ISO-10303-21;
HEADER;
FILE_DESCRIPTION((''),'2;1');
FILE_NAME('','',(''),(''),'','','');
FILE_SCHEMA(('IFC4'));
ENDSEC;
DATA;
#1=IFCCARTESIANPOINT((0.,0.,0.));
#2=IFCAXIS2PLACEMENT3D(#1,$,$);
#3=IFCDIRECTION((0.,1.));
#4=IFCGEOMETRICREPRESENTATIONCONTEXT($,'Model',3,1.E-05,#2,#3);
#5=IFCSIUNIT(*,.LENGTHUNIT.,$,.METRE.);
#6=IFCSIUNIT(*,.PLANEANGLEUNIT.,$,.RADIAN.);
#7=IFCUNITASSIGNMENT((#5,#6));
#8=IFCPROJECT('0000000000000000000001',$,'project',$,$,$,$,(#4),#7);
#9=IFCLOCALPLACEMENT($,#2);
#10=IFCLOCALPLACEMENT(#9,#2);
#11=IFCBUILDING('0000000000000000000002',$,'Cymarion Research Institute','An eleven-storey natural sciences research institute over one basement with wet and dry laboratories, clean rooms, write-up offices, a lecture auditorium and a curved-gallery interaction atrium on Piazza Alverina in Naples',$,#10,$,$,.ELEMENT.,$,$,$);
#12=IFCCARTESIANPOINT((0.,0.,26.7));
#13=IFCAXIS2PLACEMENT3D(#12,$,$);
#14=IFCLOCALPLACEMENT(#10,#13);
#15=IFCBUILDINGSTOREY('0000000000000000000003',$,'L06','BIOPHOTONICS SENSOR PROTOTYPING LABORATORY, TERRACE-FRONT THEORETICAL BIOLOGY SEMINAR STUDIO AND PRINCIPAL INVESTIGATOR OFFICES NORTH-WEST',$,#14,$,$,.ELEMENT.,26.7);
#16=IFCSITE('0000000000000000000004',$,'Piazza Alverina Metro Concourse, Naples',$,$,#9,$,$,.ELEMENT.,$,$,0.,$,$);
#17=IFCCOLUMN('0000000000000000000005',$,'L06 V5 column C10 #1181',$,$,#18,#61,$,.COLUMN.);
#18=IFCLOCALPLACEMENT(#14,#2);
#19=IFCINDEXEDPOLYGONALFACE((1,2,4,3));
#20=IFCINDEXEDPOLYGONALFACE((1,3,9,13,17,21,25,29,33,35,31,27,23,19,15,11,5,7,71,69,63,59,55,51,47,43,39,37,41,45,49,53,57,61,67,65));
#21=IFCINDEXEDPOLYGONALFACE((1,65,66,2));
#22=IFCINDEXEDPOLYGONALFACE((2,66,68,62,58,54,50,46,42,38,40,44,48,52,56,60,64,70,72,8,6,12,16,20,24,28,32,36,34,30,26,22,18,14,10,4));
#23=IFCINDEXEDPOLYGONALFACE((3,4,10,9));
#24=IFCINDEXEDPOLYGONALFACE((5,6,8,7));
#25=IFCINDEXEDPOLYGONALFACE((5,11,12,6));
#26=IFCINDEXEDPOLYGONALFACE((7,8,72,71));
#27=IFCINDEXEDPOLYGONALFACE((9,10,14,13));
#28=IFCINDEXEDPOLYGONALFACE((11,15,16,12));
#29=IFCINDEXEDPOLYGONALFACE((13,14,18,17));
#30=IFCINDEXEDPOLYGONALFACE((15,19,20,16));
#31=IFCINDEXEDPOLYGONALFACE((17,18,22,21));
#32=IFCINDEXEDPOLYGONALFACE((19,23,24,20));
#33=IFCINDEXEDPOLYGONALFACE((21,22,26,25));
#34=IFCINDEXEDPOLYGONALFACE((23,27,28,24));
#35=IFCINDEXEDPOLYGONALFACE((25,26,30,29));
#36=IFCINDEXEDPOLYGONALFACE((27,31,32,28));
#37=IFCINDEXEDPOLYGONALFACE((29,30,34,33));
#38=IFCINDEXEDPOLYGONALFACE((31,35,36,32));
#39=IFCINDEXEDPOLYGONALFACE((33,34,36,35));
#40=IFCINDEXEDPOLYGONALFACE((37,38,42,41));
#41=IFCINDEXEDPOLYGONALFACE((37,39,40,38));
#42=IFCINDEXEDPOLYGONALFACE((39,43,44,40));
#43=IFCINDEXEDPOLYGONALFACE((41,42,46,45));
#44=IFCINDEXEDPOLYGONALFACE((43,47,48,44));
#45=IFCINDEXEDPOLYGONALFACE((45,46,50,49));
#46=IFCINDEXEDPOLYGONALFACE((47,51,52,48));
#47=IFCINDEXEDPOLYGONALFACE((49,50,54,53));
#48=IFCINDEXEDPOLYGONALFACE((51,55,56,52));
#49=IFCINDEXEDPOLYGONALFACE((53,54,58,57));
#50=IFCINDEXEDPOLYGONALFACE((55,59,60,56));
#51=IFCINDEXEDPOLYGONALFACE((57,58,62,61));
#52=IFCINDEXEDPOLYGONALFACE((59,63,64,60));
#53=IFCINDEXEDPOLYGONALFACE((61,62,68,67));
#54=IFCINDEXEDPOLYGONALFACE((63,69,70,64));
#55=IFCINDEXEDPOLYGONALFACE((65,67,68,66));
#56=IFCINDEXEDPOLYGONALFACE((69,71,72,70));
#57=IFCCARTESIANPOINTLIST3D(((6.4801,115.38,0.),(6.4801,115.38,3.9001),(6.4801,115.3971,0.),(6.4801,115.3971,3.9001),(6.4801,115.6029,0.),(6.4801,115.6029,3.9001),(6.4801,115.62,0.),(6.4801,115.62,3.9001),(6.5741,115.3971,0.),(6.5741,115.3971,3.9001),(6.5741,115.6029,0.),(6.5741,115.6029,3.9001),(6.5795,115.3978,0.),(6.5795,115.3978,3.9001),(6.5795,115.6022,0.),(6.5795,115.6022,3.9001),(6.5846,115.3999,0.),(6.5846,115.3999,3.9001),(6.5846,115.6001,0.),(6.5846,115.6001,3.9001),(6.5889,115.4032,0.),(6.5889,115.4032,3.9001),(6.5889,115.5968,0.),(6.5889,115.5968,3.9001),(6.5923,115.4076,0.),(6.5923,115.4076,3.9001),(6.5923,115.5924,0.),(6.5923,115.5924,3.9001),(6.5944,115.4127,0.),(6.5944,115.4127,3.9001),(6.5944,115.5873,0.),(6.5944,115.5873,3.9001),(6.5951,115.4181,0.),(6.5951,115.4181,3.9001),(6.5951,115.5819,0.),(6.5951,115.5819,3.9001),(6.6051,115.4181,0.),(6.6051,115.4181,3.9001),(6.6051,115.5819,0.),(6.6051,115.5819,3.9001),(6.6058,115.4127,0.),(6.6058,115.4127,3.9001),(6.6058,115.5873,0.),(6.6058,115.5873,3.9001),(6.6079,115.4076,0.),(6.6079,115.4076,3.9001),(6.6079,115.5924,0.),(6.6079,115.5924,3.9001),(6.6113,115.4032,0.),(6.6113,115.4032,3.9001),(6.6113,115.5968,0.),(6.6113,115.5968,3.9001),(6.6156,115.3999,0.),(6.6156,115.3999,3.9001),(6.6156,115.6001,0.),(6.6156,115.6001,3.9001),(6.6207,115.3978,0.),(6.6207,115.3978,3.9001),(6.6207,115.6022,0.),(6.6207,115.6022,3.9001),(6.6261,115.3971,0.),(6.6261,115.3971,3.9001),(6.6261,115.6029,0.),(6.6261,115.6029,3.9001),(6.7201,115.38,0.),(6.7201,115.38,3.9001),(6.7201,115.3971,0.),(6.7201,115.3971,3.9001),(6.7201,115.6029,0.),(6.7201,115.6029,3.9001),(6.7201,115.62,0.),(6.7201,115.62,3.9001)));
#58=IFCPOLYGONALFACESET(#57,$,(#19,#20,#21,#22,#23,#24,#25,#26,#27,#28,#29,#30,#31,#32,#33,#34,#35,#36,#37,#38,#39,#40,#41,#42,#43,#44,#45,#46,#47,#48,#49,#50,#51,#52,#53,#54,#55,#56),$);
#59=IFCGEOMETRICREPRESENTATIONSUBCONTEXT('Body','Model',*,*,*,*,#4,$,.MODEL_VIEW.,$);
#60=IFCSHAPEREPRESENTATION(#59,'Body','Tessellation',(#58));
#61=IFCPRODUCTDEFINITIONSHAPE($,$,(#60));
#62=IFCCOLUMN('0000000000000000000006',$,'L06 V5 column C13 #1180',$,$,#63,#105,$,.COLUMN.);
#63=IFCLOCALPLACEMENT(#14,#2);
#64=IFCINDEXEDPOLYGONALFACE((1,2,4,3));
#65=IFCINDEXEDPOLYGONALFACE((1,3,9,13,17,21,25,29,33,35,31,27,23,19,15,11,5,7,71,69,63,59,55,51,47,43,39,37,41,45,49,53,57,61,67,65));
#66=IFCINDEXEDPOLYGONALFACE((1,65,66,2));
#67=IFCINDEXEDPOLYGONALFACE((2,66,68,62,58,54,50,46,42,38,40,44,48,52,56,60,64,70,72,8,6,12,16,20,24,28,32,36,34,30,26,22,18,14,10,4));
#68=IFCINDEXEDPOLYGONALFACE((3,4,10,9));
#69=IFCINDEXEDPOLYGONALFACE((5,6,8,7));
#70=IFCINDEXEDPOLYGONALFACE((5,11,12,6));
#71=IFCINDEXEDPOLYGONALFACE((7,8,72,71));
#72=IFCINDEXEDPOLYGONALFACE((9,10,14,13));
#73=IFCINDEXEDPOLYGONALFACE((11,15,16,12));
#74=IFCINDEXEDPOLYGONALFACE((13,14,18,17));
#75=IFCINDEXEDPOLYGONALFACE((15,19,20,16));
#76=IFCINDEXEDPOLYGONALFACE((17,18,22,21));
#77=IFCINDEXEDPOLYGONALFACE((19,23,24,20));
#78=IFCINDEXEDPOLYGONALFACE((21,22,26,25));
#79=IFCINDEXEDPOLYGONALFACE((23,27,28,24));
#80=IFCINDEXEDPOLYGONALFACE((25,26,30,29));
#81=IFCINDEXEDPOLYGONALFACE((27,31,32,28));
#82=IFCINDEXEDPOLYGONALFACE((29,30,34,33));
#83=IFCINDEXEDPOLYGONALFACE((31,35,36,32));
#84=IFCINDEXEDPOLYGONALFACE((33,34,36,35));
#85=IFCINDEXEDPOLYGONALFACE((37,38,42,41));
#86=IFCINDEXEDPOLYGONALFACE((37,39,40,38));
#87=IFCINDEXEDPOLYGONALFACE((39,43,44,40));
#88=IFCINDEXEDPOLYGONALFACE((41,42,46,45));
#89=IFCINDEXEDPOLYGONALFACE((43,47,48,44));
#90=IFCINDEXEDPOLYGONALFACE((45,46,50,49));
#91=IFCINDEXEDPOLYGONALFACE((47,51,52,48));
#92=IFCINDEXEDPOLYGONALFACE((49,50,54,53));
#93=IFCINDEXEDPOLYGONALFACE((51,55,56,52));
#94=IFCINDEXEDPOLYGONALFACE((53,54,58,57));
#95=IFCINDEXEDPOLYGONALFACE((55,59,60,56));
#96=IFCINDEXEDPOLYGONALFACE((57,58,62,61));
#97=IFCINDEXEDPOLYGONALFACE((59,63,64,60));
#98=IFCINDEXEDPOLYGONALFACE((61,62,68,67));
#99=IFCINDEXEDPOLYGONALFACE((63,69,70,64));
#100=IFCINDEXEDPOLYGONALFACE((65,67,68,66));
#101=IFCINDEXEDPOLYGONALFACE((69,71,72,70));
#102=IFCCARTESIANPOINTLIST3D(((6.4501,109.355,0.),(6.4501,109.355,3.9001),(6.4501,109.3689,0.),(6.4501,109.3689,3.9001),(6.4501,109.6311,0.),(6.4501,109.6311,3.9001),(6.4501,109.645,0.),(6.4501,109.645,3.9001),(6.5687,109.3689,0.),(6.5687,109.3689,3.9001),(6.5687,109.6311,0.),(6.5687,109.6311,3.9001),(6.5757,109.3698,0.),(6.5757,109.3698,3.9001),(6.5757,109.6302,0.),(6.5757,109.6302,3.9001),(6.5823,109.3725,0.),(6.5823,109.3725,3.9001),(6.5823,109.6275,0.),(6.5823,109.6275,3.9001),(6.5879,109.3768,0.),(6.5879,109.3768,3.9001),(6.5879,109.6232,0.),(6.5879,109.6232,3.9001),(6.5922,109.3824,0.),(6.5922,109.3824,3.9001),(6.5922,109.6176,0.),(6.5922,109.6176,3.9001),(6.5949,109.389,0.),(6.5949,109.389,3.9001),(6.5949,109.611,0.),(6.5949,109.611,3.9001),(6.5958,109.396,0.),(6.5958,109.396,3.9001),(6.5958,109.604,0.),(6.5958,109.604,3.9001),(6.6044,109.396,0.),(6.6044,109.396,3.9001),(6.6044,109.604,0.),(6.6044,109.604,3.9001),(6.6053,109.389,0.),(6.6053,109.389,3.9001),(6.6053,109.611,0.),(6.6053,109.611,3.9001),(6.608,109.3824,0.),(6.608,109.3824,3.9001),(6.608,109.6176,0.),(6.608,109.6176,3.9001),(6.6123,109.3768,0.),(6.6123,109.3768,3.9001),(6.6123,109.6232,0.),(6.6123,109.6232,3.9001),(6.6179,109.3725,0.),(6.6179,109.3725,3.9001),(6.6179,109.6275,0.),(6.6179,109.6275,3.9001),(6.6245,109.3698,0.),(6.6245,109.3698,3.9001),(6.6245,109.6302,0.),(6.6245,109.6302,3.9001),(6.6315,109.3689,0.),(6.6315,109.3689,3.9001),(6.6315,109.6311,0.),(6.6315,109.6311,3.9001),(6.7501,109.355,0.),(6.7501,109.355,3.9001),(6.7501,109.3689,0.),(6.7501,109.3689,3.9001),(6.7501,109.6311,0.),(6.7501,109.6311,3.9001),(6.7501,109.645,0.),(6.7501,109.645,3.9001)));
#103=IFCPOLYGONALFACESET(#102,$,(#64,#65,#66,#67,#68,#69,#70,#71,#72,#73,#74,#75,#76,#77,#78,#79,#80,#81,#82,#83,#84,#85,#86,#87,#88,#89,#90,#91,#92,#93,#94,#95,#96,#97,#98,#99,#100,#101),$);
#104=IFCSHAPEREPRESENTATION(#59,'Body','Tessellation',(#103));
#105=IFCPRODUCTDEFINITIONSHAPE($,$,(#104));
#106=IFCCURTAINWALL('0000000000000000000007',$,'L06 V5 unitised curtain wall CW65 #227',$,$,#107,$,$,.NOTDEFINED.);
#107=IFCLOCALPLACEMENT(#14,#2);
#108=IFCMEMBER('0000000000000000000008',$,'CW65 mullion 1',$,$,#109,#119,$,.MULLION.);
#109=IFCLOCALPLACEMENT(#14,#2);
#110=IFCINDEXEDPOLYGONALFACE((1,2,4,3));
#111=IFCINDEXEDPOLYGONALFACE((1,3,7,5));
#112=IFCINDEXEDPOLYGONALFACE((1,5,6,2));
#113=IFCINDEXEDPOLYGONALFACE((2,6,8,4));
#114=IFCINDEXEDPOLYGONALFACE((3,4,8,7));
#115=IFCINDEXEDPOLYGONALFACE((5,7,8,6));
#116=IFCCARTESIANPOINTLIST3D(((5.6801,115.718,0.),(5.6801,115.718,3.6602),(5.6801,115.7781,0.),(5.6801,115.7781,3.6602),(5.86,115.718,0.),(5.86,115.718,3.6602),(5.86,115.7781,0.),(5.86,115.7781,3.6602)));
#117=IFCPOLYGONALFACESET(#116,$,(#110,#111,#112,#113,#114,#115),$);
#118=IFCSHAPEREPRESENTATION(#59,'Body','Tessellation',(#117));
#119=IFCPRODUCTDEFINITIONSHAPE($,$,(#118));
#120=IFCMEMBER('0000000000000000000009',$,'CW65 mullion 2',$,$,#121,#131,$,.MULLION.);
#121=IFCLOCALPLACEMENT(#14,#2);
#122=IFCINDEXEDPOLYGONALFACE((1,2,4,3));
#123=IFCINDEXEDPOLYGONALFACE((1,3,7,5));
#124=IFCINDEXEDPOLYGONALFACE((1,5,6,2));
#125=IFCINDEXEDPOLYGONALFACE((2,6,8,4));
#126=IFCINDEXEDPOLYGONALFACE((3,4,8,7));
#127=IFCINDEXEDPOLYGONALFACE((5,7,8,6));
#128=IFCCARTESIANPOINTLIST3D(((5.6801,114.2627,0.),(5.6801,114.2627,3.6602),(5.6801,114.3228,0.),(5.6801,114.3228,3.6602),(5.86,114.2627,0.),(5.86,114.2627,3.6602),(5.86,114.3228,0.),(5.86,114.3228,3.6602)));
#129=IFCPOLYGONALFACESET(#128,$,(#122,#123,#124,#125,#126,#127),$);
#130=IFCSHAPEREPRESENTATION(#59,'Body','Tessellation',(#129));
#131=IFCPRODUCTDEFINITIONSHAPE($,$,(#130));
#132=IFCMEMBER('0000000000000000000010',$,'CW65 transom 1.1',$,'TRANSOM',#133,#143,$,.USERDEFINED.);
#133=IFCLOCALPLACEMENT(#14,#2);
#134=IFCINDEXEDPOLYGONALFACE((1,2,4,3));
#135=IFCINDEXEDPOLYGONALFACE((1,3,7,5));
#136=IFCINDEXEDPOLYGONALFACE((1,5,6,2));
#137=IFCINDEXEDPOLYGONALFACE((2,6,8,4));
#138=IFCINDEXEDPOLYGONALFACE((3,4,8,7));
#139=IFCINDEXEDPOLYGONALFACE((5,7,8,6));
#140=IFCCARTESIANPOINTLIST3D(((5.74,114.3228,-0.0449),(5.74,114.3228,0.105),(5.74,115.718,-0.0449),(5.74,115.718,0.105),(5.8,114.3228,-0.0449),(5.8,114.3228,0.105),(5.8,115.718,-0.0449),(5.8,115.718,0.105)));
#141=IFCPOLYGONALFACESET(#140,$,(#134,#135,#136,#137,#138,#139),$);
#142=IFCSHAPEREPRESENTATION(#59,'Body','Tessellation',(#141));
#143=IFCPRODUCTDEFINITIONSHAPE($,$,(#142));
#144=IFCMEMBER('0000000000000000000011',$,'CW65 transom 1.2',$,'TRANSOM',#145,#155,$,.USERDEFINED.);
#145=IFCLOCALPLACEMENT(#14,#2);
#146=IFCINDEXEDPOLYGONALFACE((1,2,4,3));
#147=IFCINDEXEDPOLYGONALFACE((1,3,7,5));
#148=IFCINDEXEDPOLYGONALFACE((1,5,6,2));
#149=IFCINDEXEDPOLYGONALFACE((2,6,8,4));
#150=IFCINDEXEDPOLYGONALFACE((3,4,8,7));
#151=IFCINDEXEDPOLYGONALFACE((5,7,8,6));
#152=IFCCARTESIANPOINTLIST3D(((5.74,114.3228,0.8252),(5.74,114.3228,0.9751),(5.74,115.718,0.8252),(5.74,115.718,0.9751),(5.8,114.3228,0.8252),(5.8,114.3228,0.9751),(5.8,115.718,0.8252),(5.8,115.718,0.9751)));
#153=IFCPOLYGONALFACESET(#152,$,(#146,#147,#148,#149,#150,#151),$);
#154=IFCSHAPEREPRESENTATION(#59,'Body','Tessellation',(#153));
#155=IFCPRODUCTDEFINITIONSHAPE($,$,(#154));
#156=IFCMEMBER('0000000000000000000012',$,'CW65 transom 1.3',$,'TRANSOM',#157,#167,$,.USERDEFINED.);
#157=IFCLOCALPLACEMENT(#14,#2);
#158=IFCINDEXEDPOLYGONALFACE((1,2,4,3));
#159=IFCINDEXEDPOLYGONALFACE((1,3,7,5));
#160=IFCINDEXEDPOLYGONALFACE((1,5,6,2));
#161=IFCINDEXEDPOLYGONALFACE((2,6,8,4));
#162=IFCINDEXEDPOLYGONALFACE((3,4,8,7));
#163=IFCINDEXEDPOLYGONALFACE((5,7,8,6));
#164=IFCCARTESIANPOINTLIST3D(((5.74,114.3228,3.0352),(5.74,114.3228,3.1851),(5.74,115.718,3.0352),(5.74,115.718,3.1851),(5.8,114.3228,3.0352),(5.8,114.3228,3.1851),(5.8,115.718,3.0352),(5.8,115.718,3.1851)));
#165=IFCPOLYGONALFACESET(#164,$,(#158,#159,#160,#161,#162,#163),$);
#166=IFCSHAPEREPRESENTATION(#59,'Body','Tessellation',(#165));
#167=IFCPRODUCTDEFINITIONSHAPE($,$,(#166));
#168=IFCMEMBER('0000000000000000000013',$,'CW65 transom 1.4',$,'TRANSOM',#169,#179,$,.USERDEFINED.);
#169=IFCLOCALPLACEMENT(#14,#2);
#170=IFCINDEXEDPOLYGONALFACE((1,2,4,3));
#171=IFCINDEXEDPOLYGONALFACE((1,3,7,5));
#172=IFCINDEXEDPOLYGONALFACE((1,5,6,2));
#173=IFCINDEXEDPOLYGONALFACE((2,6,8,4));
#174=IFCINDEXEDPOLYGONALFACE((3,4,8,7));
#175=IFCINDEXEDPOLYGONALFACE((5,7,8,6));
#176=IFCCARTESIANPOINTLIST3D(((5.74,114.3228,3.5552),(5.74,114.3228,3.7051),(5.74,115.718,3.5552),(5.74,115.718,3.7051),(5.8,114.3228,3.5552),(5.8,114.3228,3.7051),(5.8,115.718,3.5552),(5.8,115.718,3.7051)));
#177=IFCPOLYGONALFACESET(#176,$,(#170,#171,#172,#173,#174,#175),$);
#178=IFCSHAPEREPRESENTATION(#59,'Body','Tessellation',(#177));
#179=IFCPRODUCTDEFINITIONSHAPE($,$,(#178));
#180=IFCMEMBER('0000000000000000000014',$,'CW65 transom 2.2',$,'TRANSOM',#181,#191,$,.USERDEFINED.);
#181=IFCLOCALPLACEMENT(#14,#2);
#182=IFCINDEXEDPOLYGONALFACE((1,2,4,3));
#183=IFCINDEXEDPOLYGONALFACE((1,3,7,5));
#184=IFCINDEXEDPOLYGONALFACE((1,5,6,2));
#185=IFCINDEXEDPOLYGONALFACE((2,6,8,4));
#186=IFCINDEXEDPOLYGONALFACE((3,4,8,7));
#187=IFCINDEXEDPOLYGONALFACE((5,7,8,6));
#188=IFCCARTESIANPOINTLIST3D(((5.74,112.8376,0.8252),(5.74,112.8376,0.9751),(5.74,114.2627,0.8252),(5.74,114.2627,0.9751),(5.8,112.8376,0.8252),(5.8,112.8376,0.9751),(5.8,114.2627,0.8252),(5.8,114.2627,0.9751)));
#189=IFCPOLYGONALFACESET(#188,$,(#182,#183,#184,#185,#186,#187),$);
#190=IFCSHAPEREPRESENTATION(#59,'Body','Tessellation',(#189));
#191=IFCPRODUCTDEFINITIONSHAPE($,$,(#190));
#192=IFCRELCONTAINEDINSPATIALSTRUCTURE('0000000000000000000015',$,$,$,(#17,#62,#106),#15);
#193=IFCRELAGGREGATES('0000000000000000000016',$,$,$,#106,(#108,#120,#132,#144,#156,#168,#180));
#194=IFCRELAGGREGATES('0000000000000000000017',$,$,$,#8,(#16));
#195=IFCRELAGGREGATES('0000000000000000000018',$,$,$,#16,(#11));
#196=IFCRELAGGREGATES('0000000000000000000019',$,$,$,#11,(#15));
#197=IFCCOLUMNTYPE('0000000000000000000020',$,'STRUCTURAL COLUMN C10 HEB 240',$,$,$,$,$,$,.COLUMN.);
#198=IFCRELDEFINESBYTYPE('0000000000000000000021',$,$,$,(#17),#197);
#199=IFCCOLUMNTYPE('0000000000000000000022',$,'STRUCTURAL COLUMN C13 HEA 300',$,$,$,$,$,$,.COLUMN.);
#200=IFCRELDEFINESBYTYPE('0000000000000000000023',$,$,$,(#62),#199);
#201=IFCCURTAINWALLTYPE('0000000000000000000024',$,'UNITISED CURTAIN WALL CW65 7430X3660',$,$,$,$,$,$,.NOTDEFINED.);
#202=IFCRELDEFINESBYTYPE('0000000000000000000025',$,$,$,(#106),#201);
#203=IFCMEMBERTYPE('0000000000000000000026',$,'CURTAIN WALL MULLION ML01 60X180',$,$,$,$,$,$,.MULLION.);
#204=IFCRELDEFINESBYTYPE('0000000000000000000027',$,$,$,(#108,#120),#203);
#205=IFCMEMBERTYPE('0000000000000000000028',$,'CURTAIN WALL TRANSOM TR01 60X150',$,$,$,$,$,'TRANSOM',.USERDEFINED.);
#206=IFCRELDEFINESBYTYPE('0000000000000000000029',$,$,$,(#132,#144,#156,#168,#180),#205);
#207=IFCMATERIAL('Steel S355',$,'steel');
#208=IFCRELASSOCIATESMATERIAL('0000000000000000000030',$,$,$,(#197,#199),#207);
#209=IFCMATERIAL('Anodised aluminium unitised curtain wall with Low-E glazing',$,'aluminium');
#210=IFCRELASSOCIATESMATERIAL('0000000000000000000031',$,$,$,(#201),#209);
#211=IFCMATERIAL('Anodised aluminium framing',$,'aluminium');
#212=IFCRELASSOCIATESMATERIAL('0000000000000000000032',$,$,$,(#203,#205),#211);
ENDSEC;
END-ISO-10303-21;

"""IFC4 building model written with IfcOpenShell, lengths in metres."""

from ifc_helpers import new_model, si_unit, direction, frame, origin, origin_2d, place, context, subcontext, project, spatial, rectangle, i_section, extrude, material, material_profile, profile_set, type_object, element, aggregate, save


model = new_model("IFC4")

# Units and contexts
model_context = context("Model", 3, precision=1e-05, world=origin(), true_north=direction((0.0, 1.0)))
body_context = subcontext(model_context, "Body", "Model", "MODEL_VIEW")
ifc_project = project(units=[si_unit("LENGTHUNIT", "METRE"), si_unit("PLANEANGLEUNIT", "RADIAN")], contexts=[model_context])

# Site, building, storey
site_placement = place(None, origin())
site = spatial("IfcSite", under=ifc_project, at=site_placement, Name="Piazza Alverina Metro Concourse, Naples", CompositionType="ELEMENT", RefElevation=0.0)
building_placement = place(site_placement, origin())
building = spatial("IfcBuilding", under=site, at=building_placement, Name="Cymarion Research Institute", Description="An eleven-storey natural sciences research institute over one basement with wet and dry laboratories, clean rooms, write-up offices, a lecture auditorium and a curved-gallery interaction atrium on Piazza Alverina in Naples", CompositionType="ELEMENT")
storey_placement = place(building_placement, frame((0.0, 0.0, 26.7)))
storey = spatial("IfcBuildingStorey", under=building, at=storey_placement, Name="L06", Description="BIOPHOTONICS SENSOR PROTOTYPING LABORATORY, TERRACE-FRONT THEORETICAL BIOLOGY SEMINAR STUDIO AND PRINCIPAL INVESTIGATOR OFFICES NORTH-WEST", CompositionType="ELEMENT", Elevation=26.7)

# Columns
ifc_material_1 = material(Name="Steel S355", Category="steel")
ifc_material_profile_1 = material_profile(ifc_material_1, i_section(OverallWidth=0.24, OverallDepth=0.24, WebThickness=0.01, FlangeThickness=0.0171, FilletRadius=0.021, at=origin_2d()), Name="HEB 240")
ifc_profile_set_1 = profile_set([ifc_material_profile_1], Name="Steel S355")
column_type_1 = type_object("IfcColumnType", Name="STRUCTURAL COLUMN C10 HEB 240", PredefinedType="COLUMN", material=ifc_profile_set_1)
column_1_placement = place(storey_placement, frame((6.6001, 115.5, 0.0), z_axis=(0.0, 0.0, 1.0), x_axis=(1.0, 0.0, 0.0)))
element("IfcColumn", 1, at=column_1_placement, inside=storey, type_object=column_type_1, Name="L06 V5 column C10 #1181", PredefinedType="COLUMN", context=body_context, shape_type="SweptSolid", body=[
    extrude(i_section(OverallWidth=0.24, OverallDepth=0.24, WebThickness=0.01, FlangeThickness=0.0171, FilletRadius=0.021, at=origin_2d()), origin(), (0.0, 0.0, 1.0), 3.9001),
])
ifc_material_profile_2 = material_profile(ifc_material_1, i_section(OverallWidth=0.3, OverallDepth=0.29, WebThickness=0.0085, FlangeThickness=0.0139, FilletRadius=0.0271, at=origin_2d()), Name="HEA 300")
ifc_profile_set_2 = profile_set([ifc_material_profile_2], Name="Steel S355")
column_type_2 = type_object("IfcColumnType", Name="STRUCTURAL COLUMN C13 HEA 300", PredefinedType="COLUMN", material=ifc_profile_set_2)
column_2_placement = place(storey_placement, frame((6.6001, 109.5, 0.0), z_axis=(0.0, 0.0, 1.0), x_axis=(1.0, 0.0, 0.0)))
element("IfcColumn", 2, at=column_2_placement, inside=storey, type_object=column_type_2, Name="L06 V5 column C13 #1180", PredefinedType="COLUMN", context=body_context, shape_type="SweptSolid", body=[
    extrude(i_section(OverallWidth=0.3, OverallDepth=0.29, WebThickness=0.0085, FlangeThickness=0.0139, FilletRadius=0.0271, at=origin_2d()), origin(), (0.0, 0.0, 1.0), 3.9001),
])

# Curtain wall, members
ifc_material_2 = material(Name="Anodised aluminium unitised curtain wall with Low-E glazing", Category="aluminium")
curtain_wall_type = type_object("IfcCurtainWallType", Name="UNITISED CURTAIN WALL CW65 7430X3660", PredefinedType="NOTDEFINED", material=ifc_material_2)
curtain_wall_placement = place(storey_placement, origin())
curtain_wall = element("IfcCurtainWall", 3, at=curtain_wall_placement, inside=storey, type_object=curtain_wall_type, Name="L06 V5 unitised curtain wall CW65 #227", PredefinedType="NOTDEFINED")
ifc_material_3 = material(Name="Anodised aluminium framing", Category="aluminium")
ifc_material_profile_3 = material_profile(ifc_material_3, rectangle(XDim=0.0601, YDim=0.1799, at=origin_2d()), Name="ALU MULLION 60x180")
ifc_profile_set_3 = profile_set([ifc_material_profile_3], Name="Anodised aluminium framing")
member_type_1 = type_object("IfcMemberType", Name="CURTAIN WALL MULLION ML01 60X180", PredefinedType="MULLION", material=ifc_profile_set_3)
member_1_placement = place(storey_placement, frame((5.77, 115.748, 0.0), z_axis=(0.0, 0.0, 1.0), x_axis=(0.0, -1.0, 0.0)))
member_1 = element("IfcMember", 4, at=member_1_placement, type_object=member_type_1, Name="CW65 mullion 1", PredefinedType="MULLION", context=body_context, shape_type="SweptSolid", body=[
    extrude(rectangle(XDim=0.0601, YDim=0.1799, at=origin_2d()), origin(), (0.0, 0.0, 1.0), 3.6602),
])
member_2_placement = place(storey_placement, frame((5.77, 114.2927, 0.0), z_axis=(0.0, 0.0, 1.0), x_axis=(0.0, -1.0, 0.0)))
member_2 = element("IfcMember", 5, at=member_2_placement, type_object=member_type_1, Name="CW65 mullion 2", PredefinedType="MULLION", context=body_context, shape_type="SweptSolid", body=[
    extrude(rectangle(XDim=0.0601, YDim=0.1799, at=origin_2d()), origin(), (0.0, 0.0, 1.0), 3.6602),
])
ifc_material_profile_4 = material_profile(ifc_material_3, rectangle(XDim=0.0601, YDim=0.1499, at=origin_2d()), Name="ALU TRANSOM 60x150")
ifc_profile_set_4 = profile_set([ifc_material_profile_4], Name="Anodised aluminium framing")
member_type_2 = type_object("IfcMemberType", Name="CURTAIN WALL TRANSOM TR01 60X150", ElementType="TRANSOM", PredefinedType="USERDEFINED", material=ifc_profile_set_4)
member_3_placement = place(storey_placement, frame((5.77, 115.718, 0.03), z_axis=(0.0, -1.0, 0.0), x_axis=(1.0, 0.0, 0.0)))
member_3 = element("IfcMember", 6, at=member_3_placement, type_object=member_type_2, Name="CW65 transom 1.1", ObjectType="TRANSOM", PredefinedType="USERDEFINED", context=body_context, shape_type="SweptSolid", body=[
    extrude(rectangle(XDim=0.0601, YDim=0.1499, at=origin_2d()), origin(), (0.0, 0.0, 1.0), 1.3953),
])
member_4_placement = place(storey_placement, frame((5.77, 115.718, 0.9001), z_axis=(0.0, -1.0, 0.0), x_axis=(1.0, 0.0, 0.0)))
member_4 = element("IfcMember", 7, at=member_4_placement, type_object=member_type_2, Name="CW65 transom 1.2", ObjectType="TRANSOM", PredefinedType="USERDEFINED", context=body_context, shape_type="SweptSolid", body=[
    extrude(rectangle(XDim=0.0601, YDim=0.1499, at=origin_2d()), origin(), (0.0, 0.0, 1.0), 1.3953),
])
member_5_placement = place(storey_placement, frame((5.77, 115.718, 3.1101), z_axis=(0.0, -1.0, 0.0), x_axis=(1.0, 0.0, 0.0)))
member_5 = element("IfcMember", 8, at=member_5_placement, type_object=member_type_2, Name="CW65 transom 1.3", ObjectType="TRANSOM", PredefinedType="USERDEFINED", context=body_context, shape_type="SweptSolid", body=[
    extrude(rectangle(XDim=0.0601, YDim=0.1499, at=origin_2d()), origin(), (0.0, 0.0, 1.0), 1.3953),
])
member_6_placement = place(storey_placement, frame((5.77, 115.718, 3.6301), z_axis=(0.0, -1.0, 0.0), x_axis=(1.0, 0.0, 0.0)))
member_6 = element("IfcMember", 9, at=member_6_placement, type_object=member_type_2, Name="CW65 transom 1.4", ObjectType="TRANSOM", PredefinedType="USERDEFINED", context=body_context, shape_type="SweptSolid", body=[
    extrude(rectangle(XDim=0.0601, YDim=0.1499, at=origin_2d()), origin(), (0.0, 0.0, 1.0), 1.3953),
])
member_7_placement = place(storey_placement, frame((5.77, 114.2627, 0.9001), z_axis=(0.0, -1.0, 0.0), x_axis=(1.0, 0.0, 0.0)))
member_7 = element("IfcMember", 10, at=member_7_placement, type_object=member_type_2, Name="CW65 transom 2.2", ObjectType="TRANSOM", PredefinedType="USERDEFINED", context=body_context, shape_type="SweptSolid", body=[
    extrude(rectangle(XDim=0.0601, YDim=0.1499, at=origin_2d()), origin(), (0.0, 0.0, 1.0), 1.425),
])

aggregate(curtain_wall, [member_1, member_2, member_3, member_4, member_5, member_6, member_7])

save(model, "model.ifc")
